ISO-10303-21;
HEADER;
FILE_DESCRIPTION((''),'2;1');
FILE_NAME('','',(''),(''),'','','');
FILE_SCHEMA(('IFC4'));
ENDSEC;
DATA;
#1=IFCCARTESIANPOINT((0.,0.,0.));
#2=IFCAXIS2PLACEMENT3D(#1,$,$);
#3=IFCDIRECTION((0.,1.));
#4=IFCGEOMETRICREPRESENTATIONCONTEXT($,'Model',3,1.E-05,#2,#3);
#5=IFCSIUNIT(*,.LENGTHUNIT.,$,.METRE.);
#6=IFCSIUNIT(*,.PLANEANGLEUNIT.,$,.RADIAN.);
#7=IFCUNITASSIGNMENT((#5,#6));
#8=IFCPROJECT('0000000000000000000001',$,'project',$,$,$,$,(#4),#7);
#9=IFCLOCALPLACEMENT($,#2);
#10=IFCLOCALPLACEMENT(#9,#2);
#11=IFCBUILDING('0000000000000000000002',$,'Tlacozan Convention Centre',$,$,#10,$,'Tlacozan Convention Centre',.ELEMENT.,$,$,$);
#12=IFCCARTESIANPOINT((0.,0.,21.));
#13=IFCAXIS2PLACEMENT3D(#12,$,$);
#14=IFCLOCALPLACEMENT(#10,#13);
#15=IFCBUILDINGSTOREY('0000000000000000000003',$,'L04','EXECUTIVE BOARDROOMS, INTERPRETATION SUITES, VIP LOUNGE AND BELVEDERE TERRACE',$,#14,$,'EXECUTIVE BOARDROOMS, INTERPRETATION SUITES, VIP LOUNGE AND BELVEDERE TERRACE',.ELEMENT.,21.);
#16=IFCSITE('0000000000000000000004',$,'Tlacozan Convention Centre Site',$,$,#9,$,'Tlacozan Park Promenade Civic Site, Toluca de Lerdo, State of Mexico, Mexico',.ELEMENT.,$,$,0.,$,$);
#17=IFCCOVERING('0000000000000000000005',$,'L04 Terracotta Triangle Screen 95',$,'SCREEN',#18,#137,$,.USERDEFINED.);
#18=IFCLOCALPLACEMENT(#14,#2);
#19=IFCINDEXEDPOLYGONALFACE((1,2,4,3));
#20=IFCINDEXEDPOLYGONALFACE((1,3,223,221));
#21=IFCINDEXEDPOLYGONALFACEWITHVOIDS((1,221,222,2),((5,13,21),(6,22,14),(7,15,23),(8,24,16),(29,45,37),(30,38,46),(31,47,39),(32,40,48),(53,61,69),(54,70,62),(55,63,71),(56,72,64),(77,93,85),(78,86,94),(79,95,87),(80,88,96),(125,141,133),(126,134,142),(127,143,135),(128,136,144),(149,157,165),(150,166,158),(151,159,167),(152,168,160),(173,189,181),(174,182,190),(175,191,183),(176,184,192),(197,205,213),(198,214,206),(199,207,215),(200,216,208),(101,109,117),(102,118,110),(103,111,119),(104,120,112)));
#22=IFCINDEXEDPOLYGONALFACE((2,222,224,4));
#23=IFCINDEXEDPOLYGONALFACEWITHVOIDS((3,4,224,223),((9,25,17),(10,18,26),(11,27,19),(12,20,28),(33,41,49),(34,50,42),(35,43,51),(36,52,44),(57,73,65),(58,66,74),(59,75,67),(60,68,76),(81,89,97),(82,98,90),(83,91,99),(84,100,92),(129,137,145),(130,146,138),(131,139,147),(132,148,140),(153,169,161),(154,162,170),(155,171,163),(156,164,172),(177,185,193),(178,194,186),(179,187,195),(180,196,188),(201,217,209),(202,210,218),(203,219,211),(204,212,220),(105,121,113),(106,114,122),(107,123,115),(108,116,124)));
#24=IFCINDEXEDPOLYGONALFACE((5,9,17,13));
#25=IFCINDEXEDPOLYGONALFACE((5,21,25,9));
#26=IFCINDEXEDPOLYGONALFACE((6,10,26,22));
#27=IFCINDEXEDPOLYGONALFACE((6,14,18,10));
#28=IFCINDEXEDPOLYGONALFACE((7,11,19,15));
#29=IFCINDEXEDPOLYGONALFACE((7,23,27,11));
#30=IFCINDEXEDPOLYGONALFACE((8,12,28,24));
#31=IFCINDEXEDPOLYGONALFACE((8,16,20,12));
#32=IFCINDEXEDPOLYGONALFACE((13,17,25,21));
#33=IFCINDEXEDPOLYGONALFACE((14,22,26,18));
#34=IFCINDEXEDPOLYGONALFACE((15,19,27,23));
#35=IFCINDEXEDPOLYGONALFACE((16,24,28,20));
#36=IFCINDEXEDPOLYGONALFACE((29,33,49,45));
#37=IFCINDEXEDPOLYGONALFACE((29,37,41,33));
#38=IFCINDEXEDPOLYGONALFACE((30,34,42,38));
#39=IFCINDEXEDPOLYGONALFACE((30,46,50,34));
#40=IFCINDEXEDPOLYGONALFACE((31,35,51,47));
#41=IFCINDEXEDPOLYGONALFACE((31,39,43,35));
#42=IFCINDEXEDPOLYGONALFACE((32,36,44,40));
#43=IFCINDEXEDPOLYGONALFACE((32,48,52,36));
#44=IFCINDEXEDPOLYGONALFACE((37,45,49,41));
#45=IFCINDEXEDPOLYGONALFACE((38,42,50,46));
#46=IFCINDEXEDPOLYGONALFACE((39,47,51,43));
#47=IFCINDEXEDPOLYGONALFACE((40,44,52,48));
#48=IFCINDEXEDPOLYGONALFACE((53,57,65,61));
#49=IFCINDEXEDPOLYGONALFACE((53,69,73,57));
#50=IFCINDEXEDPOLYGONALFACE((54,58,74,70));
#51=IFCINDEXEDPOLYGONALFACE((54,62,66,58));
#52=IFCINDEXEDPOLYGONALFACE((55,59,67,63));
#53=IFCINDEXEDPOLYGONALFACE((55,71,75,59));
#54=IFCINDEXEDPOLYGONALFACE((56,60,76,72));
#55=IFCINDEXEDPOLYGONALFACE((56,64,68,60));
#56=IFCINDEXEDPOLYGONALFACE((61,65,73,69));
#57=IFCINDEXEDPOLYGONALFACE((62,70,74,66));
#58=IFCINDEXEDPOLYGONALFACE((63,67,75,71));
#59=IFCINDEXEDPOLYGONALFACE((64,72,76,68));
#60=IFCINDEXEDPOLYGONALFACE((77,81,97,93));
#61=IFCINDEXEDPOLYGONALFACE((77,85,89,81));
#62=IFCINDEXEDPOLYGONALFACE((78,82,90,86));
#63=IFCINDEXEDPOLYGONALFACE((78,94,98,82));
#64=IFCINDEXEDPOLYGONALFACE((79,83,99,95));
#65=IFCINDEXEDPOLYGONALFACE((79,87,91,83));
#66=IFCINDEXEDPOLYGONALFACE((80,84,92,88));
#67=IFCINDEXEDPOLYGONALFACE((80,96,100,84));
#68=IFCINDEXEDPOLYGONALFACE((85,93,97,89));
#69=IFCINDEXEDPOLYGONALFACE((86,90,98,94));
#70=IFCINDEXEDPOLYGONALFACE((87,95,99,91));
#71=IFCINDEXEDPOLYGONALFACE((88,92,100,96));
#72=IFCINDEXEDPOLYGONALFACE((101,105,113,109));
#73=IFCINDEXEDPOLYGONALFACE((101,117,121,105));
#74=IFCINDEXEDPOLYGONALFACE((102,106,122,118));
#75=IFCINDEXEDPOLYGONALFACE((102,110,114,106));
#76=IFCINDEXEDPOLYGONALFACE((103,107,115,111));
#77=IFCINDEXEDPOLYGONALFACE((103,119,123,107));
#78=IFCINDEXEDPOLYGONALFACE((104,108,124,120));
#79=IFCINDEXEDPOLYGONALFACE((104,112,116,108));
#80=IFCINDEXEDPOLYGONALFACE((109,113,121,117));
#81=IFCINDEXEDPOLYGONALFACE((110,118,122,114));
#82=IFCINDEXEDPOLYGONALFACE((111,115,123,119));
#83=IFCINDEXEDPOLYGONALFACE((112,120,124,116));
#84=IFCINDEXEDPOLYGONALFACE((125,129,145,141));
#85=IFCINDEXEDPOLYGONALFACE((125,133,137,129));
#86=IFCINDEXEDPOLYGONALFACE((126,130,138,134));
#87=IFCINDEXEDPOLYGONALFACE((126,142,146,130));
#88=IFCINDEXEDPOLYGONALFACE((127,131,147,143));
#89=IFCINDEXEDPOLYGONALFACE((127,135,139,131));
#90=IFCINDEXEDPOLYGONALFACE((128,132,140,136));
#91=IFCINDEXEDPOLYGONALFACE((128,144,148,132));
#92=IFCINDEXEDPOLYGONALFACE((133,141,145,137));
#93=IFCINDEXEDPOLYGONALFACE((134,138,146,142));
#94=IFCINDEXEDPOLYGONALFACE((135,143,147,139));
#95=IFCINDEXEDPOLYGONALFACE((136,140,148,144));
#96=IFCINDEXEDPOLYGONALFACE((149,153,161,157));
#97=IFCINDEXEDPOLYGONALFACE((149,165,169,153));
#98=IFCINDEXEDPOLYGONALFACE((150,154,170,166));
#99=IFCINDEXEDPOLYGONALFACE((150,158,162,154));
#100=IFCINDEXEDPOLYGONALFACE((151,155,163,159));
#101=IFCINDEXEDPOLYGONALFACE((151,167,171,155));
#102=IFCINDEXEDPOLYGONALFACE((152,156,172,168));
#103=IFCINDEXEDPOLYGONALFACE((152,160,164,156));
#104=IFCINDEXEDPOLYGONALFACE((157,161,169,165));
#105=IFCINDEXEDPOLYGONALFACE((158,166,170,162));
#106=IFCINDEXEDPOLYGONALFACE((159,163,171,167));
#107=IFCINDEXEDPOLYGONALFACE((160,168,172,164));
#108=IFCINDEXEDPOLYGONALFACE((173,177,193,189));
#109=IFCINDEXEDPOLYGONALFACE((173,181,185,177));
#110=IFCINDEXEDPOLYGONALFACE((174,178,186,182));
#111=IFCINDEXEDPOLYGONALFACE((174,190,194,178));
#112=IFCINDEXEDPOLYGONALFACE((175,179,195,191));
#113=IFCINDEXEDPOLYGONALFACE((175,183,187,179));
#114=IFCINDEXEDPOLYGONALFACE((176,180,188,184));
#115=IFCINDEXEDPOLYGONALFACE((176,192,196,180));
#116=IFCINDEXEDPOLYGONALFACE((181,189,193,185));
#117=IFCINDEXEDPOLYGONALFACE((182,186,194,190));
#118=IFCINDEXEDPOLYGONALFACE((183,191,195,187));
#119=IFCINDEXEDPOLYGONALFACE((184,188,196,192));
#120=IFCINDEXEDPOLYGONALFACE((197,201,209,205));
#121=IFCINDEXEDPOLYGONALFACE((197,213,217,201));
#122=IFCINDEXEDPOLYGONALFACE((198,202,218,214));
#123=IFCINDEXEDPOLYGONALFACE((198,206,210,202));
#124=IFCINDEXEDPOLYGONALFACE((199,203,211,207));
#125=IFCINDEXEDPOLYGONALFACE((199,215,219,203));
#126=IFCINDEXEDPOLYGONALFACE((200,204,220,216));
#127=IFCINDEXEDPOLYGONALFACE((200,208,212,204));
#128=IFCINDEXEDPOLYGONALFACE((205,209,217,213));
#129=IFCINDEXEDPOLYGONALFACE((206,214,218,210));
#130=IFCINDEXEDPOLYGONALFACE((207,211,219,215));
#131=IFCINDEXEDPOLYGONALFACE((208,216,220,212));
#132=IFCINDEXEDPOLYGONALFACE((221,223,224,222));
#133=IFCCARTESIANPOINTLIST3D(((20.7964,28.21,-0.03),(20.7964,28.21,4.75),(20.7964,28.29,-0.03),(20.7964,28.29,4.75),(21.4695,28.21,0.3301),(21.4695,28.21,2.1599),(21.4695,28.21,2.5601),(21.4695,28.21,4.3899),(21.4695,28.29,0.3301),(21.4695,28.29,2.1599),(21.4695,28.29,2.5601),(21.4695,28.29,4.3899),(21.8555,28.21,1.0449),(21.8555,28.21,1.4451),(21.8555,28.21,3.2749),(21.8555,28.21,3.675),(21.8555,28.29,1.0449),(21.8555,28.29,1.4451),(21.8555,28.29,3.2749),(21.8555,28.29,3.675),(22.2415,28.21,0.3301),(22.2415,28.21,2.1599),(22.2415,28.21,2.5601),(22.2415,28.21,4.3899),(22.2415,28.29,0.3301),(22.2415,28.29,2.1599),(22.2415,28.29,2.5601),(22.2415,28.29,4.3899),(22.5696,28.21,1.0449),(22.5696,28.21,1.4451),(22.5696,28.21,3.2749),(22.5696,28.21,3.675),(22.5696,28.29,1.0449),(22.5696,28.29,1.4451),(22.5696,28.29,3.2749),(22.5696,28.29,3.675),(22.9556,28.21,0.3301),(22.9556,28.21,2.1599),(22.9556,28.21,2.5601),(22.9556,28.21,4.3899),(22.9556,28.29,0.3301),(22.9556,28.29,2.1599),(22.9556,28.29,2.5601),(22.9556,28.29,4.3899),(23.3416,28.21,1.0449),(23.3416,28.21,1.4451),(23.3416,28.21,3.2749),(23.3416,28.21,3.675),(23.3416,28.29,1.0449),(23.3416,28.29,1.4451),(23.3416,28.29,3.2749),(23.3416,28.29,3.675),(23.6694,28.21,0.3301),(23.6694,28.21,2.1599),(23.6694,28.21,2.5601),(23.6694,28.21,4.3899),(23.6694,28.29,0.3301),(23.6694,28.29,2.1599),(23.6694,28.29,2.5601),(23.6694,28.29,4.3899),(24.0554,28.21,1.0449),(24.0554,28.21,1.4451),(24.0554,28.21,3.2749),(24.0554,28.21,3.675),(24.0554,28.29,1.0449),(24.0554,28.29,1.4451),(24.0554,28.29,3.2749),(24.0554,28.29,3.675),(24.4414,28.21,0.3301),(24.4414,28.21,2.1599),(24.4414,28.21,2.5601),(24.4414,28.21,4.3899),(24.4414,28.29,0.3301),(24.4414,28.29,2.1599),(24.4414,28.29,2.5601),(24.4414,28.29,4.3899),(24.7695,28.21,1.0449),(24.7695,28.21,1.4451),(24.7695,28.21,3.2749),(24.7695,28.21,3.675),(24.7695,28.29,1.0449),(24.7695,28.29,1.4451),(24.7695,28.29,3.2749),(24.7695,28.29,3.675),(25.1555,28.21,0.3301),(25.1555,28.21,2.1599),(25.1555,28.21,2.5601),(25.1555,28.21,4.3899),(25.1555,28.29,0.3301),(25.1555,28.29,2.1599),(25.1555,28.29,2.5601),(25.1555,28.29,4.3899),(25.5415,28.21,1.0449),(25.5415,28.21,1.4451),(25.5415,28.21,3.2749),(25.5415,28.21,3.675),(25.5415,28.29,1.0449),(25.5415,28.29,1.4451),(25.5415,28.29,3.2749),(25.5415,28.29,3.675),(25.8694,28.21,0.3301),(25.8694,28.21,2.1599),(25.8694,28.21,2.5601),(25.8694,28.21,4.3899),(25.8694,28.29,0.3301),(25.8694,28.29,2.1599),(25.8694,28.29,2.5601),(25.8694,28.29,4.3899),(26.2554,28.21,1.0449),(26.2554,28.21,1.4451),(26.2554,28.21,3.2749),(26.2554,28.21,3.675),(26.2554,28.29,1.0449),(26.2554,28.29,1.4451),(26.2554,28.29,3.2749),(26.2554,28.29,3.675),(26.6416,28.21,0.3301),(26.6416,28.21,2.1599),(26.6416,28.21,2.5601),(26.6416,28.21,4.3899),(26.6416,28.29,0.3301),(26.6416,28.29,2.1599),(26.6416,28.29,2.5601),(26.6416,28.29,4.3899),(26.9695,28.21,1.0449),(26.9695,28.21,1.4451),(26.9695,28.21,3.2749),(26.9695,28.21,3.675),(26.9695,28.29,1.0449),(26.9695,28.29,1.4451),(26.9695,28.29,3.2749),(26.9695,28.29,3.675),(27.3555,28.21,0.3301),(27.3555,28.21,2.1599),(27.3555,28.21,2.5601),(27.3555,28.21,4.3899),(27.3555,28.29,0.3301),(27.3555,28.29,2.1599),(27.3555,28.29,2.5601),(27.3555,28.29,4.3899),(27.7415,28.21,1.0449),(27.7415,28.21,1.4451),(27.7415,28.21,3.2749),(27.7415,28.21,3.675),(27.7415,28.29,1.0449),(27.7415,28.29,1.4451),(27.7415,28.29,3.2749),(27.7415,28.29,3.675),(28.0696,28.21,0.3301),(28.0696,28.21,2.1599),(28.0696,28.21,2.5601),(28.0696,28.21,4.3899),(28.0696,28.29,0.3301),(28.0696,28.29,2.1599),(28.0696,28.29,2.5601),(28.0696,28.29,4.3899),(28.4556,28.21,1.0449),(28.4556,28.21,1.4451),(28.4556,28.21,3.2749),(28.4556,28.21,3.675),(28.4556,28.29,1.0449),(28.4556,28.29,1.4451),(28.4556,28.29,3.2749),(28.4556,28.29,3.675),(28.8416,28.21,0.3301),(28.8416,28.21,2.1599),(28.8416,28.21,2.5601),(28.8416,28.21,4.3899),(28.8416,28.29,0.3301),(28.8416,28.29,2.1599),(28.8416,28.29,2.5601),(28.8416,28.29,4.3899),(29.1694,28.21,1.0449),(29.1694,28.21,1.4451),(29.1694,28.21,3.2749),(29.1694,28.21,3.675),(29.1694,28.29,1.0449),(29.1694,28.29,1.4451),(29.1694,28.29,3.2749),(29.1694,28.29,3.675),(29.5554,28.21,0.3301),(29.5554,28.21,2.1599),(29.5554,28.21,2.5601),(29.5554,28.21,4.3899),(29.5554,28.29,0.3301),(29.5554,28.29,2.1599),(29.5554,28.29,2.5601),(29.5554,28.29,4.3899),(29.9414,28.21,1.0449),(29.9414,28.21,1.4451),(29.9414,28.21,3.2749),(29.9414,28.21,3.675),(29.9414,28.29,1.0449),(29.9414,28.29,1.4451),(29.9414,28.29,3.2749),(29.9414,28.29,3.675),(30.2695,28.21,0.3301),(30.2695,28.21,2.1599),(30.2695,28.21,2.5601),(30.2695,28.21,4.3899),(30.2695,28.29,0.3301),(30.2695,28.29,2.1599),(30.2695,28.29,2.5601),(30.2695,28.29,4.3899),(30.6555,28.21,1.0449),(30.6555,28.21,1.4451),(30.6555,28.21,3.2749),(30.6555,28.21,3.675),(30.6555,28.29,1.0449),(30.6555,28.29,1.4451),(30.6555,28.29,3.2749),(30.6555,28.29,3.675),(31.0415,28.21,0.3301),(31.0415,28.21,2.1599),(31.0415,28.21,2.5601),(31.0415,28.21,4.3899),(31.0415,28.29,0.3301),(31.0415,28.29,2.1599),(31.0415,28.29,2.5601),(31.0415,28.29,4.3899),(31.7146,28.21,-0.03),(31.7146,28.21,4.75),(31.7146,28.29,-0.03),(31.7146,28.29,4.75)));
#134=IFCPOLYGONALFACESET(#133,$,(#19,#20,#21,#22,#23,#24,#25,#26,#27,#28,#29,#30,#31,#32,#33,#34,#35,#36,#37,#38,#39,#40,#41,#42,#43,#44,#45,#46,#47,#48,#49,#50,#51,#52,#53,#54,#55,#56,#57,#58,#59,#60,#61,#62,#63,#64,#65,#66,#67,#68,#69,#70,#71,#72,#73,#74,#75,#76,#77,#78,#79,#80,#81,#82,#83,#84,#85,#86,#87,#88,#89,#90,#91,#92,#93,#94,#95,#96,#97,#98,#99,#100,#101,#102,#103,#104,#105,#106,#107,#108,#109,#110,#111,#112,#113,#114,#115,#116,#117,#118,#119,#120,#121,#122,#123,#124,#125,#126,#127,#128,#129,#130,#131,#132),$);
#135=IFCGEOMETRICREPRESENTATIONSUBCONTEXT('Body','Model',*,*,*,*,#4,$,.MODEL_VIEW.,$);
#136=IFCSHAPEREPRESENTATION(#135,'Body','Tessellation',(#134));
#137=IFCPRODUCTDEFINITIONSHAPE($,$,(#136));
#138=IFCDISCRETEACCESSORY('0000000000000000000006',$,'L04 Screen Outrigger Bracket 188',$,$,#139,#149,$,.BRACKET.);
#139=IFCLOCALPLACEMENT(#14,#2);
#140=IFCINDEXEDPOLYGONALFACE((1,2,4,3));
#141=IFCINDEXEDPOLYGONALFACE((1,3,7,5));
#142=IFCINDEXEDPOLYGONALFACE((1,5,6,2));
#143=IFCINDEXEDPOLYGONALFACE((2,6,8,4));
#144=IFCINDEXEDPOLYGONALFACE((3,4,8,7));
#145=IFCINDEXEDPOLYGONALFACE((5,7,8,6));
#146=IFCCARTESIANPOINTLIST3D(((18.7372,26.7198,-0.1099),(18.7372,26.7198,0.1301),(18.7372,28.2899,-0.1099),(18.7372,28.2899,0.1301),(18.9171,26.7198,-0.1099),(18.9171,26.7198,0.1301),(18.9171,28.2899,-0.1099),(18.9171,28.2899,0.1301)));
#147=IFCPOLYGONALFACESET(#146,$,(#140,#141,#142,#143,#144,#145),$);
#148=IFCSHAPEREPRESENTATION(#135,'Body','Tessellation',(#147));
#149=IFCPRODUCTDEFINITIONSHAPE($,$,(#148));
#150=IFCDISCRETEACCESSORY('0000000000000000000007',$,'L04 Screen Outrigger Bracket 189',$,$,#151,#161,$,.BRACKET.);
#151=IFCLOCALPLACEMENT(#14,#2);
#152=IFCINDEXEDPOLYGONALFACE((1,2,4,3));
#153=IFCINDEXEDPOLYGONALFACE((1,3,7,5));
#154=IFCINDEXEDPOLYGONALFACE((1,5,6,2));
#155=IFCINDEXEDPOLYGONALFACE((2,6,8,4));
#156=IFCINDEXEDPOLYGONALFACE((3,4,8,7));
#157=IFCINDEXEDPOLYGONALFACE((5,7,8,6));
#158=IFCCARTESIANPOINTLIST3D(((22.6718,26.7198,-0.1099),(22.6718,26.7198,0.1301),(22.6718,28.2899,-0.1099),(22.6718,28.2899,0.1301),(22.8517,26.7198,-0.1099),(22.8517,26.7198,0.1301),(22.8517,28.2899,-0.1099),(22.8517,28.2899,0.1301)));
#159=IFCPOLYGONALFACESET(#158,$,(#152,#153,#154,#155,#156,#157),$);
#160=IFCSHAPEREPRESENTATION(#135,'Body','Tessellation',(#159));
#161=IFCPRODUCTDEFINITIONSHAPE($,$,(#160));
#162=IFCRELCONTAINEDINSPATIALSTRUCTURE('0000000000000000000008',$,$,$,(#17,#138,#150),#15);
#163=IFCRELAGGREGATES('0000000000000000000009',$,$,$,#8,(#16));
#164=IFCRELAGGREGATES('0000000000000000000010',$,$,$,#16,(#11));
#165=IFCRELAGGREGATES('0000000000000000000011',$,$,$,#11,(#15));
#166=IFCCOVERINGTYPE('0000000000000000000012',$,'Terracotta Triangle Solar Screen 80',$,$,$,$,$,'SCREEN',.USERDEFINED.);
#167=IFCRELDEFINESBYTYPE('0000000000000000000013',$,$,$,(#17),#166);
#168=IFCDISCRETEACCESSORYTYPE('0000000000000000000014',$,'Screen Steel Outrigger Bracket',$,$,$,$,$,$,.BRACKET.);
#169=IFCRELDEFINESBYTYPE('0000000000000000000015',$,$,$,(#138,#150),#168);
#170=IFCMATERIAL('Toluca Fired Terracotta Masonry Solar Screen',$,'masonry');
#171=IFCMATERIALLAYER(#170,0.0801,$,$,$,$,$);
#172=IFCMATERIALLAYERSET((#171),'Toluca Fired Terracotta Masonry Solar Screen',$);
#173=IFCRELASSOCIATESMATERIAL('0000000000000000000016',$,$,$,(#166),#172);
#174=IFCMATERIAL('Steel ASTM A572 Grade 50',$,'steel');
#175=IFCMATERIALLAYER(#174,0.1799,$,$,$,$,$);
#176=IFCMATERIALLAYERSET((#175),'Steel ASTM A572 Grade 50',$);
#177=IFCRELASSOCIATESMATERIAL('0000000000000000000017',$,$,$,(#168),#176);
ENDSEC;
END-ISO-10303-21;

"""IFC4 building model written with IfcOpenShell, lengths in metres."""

from ifc_helpers import new_model, si_unit, direction, frame, origin, origin_2d, place, context, subcontext, project, spatial, polyline, rectangle, outline, extrude, material, layer, layer_set, type_object, element, save


model = new_model("IFC4")

# Units and contexts
model_context = context("Model", 3, precision=1e-05, world=origin(), true_north=direction((0.0, 1.0)))
body_context = subcontext(model_context, "Body", "Model", "MODEL_VIEW")
ifc_project = project(units=[si_unit("LENGTHUNIT", "METRE"), si_unit("PLANEANGLEUNIT", "RADIAN")], contexts=[model_context])

# Site, building, storey
site_placement = place(None, origin())
site = spatial("IfcSite", under=ifc_project, at=site_placement, Name="Tlacozan Convention Centre Site", LongName="Tlacozan Park Promenade Civic Site, Toluca de Lerdo, State of Mexico, Mexico", CompositionType="ELEMENT", RefElevation=0.0)
building_placement = place(site_placement, origin())
building = spatial("IfcBuilding", under=site, at=building_placement, Name="Tlacozan Convention Centre", LongName="Tlacozan Convention Centre", CompositionType="ELEMENT")
storey_placement = place(building_placement, frame((0.0, 0.0, 21.0)))
storey = spatial("IfcBuildingStorey", under=building, at=storey_placement, Name="L04", Description="EXECUTIVE BOARDROOMS, INTERPRETATION SUITES, VIP LOUNGE AND BELVEDERE TERRACE", LongName="EXECUTIVE BOARDROOMS, INTERPRETATION SUITES, VIP LOUNGE AND BELVEDERE TERRACE", CompositionType="ELEMENT", Elevation=21.0)

# Covering
ifc_material_1 = material(Name="Toluca Fired Terracotta Masonry Solar Screen", Category="masonry")
ifc_layer_1 = layer(ifc_material_1, 0.0801)
ifc_layer_set_1 = layer_set([ifc_layer_1], Name="Toluca Fired Terracotta Masonry Solar Screen")
covering_type = type_object("IfcCoveringType", Name="Terracotta Triangle Solar Screen 80", ElementType="SCREEN", PredefinedType="USERDEFINED", material=ifc_layer_set_1)
covering_placement = place(storey_placement, frame((20.7964, 28.25, -0.03), z_axis=(0.0, 0.0, 1.0), x_axis=(1.0, 0.0, 0.0)))
element("IfcCovering", 1, at=covering_placement, inside=storey, type_object=covering_type, Name="L04 Terracotta Triangle Screen 95", ObjectType="SCREEN", PredefinedType="USERDEFINED", context=body_context, shape_type="SweptSolid", body=[
    extrude(outline(polyline([(0.0, 0.0), (10.9182, 0.0), (10.9182, 4.78), (0.0, 4.78), (0.0, 0.0)]), holes=[polyline([(0.6731, 0.3601), (1.4451, 0.3601), (1.0591, 1.075), (0.6731, 0.3601)]), polyline([(1.7732, 1.075), (2.5452, 1.075), (2.1592, 0.3601), (1.7732, 1.075)]), polyline([(2.873, 0.3601), (3.645, 0.3601), (3.259, 1.075), (2.873, 0.3601)]), polyline([(3.9731, 1.075), (4.7451, 1.075), (4.3591, 0.3601), (3.9731, 1.075)]), polyline([(5.073, 0.3601), (5.8452, 0.3601), (5.459, 1.075), (5.073, 0.3601)]), polyline([(6.1731, 1.075), (6.9451, 1.075), (6.5591, 0.3601), (6.1731, 1.075)]), polyline([(7.2732, 0.3601), (8.0452, 0.3601), (7.6592, 1.075), (7.2732, 0.3601)]), polyline([(8.373, 1.075), (9.145, 1.075), (8.759, 0.3601), (8.373, 1.075)]), polyline([(9.4731, 0.3601), (10.2451, 0.3601), (9.8591, 1.075), (9.4731, 0.3601)]), polyline([(0.6731, 2.1899), (1.4451, 2.1899), (1.0591, 1.4751), (0.6731, 2.1899)]), polyline([(1.7732, 1.4751), (2.5452, 1.4751), (2.1592, 2.1899), (1.7732, 1.4751)]), polyline([(2.873, 2.1899), (3.645, 2.1899), (3.259, 1.4751), (2.873, 2.1899)]), polyline([(3.9731, 1.4751), (4.7451, 1.4751), (4.3591, 2.1899), (3.9731, 1.4751)]), polyline([(5.073, 2.1899), (5.8452, 2.1899), (5.459, 1.4751), (5.073, 2.1899)]), polyline([(6.1731, 1.4751), (6.9451, 1.4751), (6.5591, 2.1899), (6.1731, 1.4751)]), polyline([(7.2732, 2.1899), (8.0452, 2.1899), (7.6592, 1.4751), (7.2732, 2.1899)]), polyline([(8.373, 1.4751), (9.145, 1.4751), (8.759, 2.1899), (8.373, 1.4751)]), polyline([(9.4731, 2.1899), (10.2451, 2.1899), (9.8591, 1.4751), (9.4731, 2.1899)]), polyline([(0.6731, 2.5901), (1.4451, 2.5901), (1.0591, 3.3049), (0.6731, 2.5901)]), polyline([(1.7732, 3.3049), (2.5452, 3.3049), (2.1592, 2.5901), (1.7732, 3.3049)]), polyline([(2.873, 2.5901), (3.645, 2.5901), (3.259, 3.3049), (2.873, 2.5901)]), polyline([(3.9731, 3.3049), (4.7451, 3.3049), (4.3591, 2.5901), (3.9731, 3.3049)]), polyline([(5.073, 2.5901), (5.8452, 2.5901), (5.459, 3.3049), (5.073, 2.5901)]), polyline([(6.1731, 3.3049), (6.9451, 3.3049), (6.5591, 2.5901), (6.1731, 3.3049)]), polyline([(7.2732, 2.5901), (8.0452, 2.5901), (7.6592, 3.3049), (7.2732, 2.5901)]), polyline([(8.373, 3.3049), (9.145, 3.3049), (8.759, 2.5901), (8.373, 3.3049)]), polyline([(9.4731, 2.5901), (10.2451, 2.5901), (9.8591, 3.3049), (9.4731, 2.5901)]), polyline([(0.6731, 4.4199), (1.4451, 4.4199), (1.0591, 3.7051), (0.6731, 4.4199)]), polyline([(1.7732, 3.7051), (2.5452, 3.7051), (2.1592, 4.4199), (1.7732, 3.7051)]), polyline([(2.873, 4.4199), (3.645, 4.4199), (3.259, 3.7051), (2.873, 4.4199)]), polyline([(3.9731, 3.7051), (4.7451, 3.7051), (4.3591, 4.4199), (3.9731, 3.7051)]), polyline([(5.073, 4.4199), (5.8452, 4.4199), (5.459, 3.7051), (5.073, 4.4199)]), polyline([(6.1731, 3.7051), (6.9451, 3.7051), (6.5591, 4.4199), (6.1731, 3.7051)]), polyline([(7.2732, 4.4199), (8.0452, 4.4199), (7.6592, 3.7051), (7.2732, 4.4199)]), polyline([(8.373, 3.7051), (9.145, 3.7051), (8.759, 4.4199), (8.373, 3.7051)]), polyline([(9.4731, 4.4199), (10.2451, 4.4199), (9.8591, 3.7051), (9.4731, 4.4199)])]), frame((0.0, 0.04, 0.0), z_axis=(0.0, -1.0, 0.0), x_axis=(1.0, 0.0, 0.0)), (0.0, 0.0, 1.0), 0.0801),
])

# Discrete accessories
ifc_material_2 = material(Name="Steel ASTM A572 Grade 50", Category="steel")
ifc_layer_2 = layer(ifc_material_2, 0.1799)
ifc_layer_set_2 = layer_set([ifc_layer_2], Name="Steel ASTM A572 Grade 50")
discrete_accessory_type = type_object("IfcDiscreteAccessoryType", Name="Screen Steel Outrigger Bracket", PredefinedType="BRACKET", material=ifc_layer_set_2)
for number, where, z_axis, x_axis, name in (
    (2, (18.8271, 27.5049, -0.1099), (0.0, 0.0, 1.0), (0.0, -1.0, 0.0), "L04 Screen Outrigger Bracket 188"),
    (3, (22.7617, 27.5049, -0.1099), (0.0, 0.0, 1.0), (0.0, -1.0, 0.0), "L04 Screen Outrigger Bracket 189"),
):
    element("IfcDiscreteAccessory", number, at=place(storey_placement, frame(where, z_axis=z_axis, x_axis=x_axis)), inside=storey, type_object=discrete_accessory_type, Name=name, PredefinedType="BRACKET", context=body_context, shape_type="SweptSolid", body=[
        extrude(rectangle(XDim=1.5701, YDim=0.1799, at=origin_2d()), origin(), (0.0, 0.0, 1.0), 0.24),
    ])

save(model, "model.ifc")
